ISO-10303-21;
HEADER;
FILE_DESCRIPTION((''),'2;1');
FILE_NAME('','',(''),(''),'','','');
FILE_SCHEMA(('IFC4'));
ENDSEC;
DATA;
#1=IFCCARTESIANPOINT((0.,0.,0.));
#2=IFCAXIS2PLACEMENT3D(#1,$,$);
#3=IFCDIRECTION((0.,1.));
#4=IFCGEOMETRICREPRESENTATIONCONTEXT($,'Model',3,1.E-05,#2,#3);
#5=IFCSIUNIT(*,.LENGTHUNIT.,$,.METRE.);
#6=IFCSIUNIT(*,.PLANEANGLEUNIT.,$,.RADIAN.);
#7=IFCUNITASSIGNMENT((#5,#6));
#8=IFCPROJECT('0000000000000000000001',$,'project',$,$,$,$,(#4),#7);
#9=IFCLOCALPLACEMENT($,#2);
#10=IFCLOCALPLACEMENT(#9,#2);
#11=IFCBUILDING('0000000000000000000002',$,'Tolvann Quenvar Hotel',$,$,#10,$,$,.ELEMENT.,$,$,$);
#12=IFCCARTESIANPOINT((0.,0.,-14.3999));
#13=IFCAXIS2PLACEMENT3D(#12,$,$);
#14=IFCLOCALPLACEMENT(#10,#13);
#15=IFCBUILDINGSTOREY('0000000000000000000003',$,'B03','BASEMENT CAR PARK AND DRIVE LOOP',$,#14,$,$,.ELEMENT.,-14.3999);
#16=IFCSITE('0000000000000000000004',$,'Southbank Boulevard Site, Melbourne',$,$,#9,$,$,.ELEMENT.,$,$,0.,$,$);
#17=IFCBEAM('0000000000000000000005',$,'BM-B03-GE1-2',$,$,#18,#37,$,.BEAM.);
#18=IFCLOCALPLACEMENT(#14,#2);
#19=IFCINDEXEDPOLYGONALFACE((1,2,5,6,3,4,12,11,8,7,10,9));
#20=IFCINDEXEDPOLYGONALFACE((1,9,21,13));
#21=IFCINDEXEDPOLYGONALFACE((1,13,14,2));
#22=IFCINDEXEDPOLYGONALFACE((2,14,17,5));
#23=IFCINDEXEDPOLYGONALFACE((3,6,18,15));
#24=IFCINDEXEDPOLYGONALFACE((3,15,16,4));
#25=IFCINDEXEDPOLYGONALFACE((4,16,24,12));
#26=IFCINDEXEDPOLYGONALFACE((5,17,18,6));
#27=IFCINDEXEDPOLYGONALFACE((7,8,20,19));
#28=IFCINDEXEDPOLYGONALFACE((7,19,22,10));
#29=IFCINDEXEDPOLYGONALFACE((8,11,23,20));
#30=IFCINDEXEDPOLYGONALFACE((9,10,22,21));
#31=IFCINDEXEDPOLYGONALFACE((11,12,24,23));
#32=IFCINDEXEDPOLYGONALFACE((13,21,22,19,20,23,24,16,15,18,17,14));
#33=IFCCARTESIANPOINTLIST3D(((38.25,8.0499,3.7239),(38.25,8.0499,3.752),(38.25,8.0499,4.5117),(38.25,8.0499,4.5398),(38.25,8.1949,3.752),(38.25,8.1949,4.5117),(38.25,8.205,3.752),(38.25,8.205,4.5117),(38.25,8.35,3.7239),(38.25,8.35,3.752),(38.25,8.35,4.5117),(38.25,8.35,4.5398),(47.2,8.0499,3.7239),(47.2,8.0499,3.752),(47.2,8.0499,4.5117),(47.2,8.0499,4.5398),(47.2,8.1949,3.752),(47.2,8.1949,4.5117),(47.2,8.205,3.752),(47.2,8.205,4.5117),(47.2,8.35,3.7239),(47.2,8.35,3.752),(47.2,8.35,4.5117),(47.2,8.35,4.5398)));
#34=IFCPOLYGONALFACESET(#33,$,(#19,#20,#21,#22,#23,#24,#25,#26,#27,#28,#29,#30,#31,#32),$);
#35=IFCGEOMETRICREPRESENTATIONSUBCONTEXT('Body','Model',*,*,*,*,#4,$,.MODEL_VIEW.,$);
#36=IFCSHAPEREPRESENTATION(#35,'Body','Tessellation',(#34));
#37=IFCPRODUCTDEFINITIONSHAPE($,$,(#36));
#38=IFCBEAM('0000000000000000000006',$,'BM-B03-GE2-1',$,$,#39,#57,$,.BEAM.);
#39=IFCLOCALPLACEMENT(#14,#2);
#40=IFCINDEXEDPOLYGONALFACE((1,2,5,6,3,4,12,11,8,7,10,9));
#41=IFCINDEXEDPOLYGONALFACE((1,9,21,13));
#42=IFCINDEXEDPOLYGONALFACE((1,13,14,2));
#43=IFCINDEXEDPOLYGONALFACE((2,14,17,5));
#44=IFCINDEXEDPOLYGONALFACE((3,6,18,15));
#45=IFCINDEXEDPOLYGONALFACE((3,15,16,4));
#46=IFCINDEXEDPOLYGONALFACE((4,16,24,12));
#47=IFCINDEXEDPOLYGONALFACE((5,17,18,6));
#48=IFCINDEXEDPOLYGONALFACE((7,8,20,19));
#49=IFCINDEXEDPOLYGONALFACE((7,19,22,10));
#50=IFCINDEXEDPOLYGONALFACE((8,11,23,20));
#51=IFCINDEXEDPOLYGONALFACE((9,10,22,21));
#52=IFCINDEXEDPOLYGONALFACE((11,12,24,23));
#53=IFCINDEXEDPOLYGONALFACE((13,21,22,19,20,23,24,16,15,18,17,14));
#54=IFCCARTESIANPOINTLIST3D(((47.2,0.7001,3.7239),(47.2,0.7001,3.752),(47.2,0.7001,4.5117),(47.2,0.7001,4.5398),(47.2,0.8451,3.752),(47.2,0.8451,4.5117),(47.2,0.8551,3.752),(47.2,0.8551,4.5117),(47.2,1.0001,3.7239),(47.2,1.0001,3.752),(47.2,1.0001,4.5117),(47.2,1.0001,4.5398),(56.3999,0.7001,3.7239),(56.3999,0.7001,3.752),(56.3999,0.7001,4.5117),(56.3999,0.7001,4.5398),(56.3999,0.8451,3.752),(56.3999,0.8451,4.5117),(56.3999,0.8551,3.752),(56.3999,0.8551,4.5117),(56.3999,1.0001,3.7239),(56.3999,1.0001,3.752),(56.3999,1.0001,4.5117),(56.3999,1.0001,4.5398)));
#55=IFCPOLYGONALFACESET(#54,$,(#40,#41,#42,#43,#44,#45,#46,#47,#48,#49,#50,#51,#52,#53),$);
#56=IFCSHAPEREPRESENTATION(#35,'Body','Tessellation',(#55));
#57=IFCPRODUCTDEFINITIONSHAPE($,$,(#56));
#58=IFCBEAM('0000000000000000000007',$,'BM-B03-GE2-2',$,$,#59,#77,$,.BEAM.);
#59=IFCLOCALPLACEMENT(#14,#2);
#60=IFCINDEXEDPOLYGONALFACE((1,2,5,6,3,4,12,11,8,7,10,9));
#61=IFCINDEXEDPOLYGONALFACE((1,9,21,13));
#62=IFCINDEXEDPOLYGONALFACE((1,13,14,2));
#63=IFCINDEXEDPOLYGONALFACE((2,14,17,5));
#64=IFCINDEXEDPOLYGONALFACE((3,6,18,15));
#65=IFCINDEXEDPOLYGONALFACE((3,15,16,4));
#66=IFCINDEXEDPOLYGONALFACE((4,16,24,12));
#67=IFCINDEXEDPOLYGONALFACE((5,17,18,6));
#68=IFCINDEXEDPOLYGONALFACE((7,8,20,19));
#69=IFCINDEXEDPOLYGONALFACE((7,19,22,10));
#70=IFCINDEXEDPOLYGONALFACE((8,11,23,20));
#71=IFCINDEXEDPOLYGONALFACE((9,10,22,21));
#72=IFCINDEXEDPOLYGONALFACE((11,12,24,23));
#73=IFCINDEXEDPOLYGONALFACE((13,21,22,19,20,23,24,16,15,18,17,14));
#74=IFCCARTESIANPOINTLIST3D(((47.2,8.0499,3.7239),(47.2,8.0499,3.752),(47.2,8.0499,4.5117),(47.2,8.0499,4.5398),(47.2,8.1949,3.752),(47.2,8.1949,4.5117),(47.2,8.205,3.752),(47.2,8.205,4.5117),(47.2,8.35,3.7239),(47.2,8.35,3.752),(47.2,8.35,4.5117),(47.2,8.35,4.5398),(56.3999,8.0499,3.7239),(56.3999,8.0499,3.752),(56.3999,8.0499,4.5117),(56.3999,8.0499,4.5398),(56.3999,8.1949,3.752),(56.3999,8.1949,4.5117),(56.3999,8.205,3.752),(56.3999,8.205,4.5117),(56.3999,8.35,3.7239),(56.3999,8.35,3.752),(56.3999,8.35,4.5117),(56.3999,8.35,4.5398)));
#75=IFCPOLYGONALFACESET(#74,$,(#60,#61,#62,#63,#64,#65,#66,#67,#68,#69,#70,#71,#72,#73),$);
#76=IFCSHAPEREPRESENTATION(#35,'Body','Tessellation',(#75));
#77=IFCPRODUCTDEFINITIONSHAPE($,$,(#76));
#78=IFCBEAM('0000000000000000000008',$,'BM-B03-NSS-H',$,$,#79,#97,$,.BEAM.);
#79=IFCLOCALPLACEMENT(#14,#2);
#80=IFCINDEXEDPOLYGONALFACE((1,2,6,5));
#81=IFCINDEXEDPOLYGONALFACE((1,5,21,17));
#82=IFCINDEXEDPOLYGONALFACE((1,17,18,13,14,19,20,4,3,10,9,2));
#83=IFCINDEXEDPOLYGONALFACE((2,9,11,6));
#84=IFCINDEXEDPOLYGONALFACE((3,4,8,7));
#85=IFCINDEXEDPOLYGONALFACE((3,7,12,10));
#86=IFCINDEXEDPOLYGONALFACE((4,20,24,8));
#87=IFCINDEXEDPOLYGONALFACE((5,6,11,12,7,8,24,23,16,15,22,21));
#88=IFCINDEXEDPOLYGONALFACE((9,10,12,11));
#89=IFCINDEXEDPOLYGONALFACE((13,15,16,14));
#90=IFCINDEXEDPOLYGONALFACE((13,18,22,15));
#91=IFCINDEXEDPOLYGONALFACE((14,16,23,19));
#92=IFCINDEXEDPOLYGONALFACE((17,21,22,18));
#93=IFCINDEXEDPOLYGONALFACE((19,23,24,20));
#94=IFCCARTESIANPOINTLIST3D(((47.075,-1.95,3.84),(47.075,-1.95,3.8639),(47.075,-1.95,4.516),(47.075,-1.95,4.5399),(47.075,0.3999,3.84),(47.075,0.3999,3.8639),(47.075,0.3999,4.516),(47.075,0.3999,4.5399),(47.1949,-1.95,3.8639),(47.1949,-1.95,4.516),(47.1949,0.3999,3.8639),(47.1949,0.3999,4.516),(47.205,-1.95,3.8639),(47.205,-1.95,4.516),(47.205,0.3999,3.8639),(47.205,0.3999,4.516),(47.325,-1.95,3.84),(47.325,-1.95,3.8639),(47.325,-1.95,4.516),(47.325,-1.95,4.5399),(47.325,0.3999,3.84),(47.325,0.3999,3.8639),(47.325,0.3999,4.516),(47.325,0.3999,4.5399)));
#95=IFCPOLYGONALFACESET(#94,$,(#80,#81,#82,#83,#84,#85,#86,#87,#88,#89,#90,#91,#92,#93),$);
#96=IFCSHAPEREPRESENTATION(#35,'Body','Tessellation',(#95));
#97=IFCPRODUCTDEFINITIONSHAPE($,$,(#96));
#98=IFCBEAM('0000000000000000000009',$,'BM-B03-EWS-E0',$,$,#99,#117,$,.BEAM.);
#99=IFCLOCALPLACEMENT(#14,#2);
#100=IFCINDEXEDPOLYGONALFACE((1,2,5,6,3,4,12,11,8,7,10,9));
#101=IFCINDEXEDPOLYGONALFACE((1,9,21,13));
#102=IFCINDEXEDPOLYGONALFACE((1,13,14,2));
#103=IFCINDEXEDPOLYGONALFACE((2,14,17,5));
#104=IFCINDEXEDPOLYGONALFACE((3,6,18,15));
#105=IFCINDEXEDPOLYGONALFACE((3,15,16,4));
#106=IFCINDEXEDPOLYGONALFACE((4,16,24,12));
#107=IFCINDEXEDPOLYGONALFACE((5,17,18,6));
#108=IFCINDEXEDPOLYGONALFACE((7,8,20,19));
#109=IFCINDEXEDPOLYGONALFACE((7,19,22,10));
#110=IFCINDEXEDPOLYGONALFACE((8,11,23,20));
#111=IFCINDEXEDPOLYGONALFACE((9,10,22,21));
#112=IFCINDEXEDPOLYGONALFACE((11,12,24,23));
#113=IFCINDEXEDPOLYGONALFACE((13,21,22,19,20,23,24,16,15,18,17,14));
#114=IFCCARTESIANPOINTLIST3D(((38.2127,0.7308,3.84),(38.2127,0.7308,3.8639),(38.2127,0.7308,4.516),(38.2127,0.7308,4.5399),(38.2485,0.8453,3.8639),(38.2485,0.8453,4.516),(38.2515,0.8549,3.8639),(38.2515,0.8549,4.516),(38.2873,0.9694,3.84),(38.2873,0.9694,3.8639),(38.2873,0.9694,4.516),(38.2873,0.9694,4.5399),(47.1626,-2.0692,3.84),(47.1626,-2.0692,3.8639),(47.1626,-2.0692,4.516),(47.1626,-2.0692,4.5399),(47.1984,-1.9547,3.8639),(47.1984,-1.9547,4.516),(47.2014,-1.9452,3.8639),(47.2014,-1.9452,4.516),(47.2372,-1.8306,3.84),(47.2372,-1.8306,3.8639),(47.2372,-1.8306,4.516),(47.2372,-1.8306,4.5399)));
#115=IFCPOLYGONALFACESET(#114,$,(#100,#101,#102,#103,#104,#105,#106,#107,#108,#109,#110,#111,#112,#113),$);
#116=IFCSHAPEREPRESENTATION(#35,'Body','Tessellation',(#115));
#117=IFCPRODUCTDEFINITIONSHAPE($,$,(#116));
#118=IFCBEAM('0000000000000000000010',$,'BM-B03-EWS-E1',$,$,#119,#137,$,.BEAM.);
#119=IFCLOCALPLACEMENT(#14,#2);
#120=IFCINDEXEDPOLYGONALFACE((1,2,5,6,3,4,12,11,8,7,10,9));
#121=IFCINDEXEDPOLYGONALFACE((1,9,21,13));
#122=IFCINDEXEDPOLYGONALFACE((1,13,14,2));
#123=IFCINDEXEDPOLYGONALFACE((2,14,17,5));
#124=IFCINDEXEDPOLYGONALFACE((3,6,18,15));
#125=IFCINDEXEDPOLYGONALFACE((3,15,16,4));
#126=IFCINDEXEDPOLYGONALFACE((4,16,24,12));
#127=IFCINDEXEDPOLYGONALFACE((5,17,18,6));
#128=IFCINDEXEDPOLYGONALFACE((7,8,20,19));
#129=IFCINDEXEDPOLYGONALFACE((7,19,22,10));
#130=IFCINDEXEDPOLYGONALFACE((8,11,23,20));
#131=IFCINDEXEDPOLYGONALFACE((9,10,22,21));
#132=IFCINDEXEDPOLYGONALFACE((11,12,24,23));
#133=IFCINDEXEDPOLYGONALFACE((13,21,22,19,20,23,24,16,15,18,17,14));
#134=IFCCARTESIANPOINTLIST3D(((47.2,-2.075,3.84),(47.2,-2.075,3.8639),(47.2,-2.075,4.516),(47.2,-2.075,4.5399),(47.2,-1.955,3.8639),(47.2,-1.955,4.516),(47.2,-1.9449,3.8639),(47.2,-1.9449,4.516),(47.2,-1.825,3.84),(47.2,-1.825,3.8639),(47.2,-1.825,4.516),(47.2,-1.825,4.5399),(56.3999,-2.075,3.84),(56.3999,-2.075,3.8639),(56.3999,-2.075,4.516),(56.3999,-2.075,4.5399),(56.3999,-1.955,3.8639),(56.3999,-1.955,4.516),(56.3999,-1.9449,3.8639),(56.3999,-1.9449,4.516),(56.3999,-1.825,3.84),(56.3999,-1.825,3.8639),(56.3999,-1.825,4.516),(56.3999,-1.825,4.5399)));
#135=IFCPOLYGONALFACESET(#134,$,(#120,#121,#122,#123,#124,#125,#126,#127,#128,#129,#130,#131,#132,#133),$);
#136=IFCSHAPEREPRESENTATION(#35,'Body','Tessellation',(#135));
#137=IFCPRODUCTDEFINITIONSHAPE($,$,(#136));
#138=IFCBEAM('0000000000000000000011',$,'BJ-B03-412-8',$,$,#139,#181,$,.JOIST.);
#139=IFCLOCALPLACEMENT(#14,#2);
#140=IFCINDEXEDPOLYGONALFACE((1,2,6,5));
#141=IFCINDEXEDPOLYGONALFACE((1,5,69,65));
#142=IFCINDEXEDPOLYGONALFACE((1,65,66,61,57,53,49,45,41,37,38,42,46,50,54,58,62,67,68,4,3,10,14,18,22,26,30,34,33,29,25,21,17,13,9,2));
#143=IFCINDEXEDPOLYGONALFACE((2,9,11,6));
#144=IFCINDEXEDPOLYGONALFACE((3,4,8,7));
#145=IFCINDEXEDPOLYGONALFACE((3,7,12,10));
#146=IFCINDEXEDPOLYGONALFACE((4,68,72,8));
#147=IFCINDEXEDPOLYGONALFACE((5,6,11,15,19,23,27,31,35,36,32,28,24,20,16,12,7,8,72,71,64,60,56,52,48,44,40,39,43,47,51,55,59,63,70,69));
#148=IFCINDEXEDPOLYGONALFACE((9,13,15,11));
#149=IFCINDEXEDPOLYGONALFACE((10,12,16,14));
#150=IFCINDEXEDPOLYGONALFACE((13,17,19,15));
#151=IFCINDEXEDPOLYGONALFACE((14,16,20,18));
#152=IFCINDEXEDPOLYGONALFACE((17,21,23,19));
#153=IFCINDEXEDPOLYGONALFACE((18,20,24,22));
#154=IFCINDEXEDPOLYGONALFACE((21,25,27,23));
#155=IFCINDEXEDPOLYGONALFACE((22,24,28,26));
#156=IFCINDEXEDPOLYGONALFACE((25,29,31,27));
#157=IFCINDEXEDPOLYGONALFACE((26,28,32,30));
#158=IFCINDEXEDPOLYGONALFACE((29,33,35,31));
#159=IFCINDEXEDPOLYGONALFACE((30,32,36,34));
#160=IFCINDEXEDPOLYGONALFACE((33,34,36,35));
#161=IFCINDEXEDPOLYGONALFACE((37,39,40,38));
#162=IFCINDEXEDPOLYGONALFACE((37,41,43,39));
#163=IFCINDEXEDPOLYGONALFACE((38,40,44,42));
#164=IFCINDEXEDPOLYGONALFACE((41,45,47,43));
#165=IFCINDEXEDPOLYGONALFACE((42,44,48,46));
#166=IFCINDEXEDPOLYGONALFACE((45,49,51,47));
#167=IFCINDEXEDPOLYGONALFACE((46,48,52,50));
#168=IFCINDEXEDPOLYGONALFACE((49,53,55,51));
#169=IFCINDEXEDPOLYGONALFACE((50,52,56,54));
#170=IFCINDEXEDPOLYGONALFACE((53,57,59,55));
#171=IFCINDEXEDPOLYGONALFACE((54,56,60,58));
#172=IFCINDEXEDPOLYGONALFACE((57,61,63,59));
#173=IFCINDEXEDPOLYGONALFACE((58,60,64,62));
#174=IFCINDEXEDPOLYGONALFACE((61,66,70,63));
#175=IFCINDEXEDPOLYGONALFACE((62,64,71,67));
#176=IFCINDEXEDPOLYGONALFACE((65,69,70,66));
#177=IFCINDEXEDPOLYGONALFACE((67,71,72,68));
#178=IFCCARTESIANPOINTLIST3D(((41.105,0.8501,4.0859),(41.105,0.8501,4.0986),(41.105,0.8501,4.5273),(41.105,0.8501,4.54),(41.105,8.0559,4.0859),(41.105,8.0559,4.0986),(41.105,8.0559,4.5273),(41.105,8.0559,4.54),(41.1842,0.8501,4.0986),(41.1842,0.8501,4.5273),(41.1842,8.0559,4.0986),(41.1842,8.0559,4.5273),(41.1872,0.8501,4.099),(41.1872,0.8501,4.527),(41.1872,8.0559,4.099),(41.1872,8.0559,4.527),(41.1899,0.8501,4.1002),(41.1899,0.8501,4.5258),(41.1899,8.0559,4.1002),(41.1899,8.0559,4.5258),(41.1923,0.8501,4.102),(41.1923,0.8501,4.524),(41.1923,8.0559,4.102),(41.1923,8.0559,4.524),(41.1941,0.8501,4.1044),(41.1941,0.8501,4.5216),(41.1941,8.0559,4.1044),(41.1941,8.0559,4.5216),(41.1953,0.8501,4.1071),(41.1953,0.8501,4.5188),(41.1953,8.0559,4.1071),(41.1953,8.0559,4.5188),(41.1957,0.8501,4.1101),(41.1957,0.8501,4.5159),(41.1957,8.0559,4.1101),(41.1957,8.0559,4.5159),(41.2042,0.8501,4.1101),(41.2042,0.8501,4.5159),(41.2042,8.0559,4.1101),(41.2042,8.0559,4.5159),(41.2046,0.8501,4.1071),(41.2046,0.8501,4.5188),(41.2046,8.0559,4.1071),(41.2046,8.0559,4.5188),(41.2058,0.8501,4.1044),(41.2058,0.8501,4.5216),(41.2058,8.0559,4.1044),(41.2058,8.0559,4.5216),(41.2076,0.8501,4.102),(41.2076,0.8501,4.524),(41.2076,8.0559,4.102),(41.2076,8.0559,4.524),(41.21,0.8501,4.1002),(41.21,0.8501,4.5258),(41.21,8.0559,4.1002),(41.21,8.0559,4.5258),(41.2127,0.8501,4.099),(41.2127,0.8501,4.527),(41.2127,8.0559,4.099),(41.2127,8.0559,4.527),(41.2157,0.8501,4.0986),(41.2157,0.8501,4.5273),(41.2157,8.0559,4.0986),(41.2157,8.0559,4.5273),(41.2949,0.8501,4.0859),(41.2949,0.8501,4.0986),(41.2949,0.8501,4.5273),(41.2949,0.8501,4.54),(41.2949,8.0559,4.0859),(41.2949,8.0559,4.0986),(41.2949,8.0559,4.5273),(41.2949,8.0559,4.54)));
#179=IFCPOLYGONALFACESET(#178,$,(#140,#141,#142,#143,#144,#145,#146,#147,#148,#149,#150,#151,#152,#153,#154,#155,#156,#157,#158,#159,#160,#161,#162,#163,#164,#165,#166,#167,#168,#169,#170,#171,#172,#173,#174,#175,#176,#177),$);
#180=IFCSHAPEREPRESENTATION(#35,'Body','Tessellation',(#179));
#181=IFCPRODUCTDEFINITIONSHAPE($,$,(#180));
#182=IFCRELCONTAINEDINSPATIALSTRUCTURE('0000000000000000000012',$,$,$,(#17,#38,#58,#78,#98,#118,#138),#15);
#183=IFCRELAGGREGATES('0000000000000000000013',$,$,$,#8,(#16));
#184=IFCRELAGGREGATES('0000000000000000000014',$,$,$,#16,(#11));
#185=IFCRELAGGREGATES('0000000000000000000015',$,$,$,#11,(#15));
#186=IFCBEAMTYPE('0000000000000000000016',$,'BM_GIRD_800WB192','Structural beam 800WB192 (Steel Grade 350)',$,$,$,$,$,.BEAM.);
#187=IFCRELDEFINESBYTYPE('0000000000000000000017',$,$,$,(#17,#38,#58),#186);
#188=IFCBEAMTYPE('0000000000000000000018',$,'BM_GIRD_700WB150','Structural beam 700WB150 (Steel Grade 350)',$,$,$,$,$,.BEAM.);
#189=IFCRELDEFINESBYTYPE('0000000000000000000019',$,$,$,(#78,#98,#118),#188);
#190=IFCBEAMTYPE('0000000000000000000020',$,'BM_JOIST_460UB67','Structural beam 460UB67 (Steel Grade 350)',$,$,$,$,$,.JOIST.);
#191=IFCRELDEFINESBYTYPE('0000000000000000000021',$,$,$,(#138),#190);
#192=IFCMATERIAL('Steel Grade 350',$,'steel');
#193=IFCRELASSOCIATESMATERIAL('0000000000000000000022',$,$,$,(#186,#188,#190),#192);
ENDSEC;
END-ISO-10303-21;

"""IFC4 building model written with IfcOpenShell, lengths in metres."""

from ifc_helpers import new_model, si_unit, direction, frame, origin, origin_2d, place, context, subcontext, project, spatial, i_section, extrude, source, transform, mapped, material, material_profile, profile_set, type_object, type_shapes, element, save


model = new_model("IFC4")

# Units and contexts
model_context = context("Model", 3, precision=1e-05, world=origin(), true_north=direction((0.0, 1.0)))
body_context = subcontext(model_context, "Body", "Model", "MODEL_VIEW")
ifc_project = project(units=[si_unit("LENGTHUNIT", "METRE"), si_unit("PLANEANGLEUNIT", "RADIAN")], contexts=[model_context])

# Site, building, storey
site_placement = place(None, origin())
site = spatial("IfcSite", under=ifc_project, at=site_placement, Name="Southbank Boulevard Site, Melbourne", CompositionType="ELEMENT", RefElevation=0.0)
building_placement = place(site_placement, origin())
building = spatial("IfcBuilding", under=site, at=building_placement, Name="Tolvann Quenvar Hotel", CompositionType="ELEMENT")
storey_placement = place(building_placement, frame((0.0, 0.0, -14.3999)))
storey = spatial("IfcBuildingStorey", under=building, at=storey_placement, Name="B03", Description="BASEMENT CAR PARK AND DRIVE LOOP", CompositionType="ELEMENT", Elevation=-14.3999)

# Beams
ifc_material_1 = material(Name="Steel Grade 350", Category="steel")
ifc_material_profile_1 = material_profile(ifc_material_1, i_section(OverallWidth=0.3, OverallDepth=0.8159, WebThickness=0.01, FlangeThickness=0.0281, at=origin_2d()), Name="800WB192")
ifc_profile_set_1 = profile_set([ifc_material_profile_1], Name="Steel Grade 350")
beam_type_1 = type_object("IfcBeamType", Name="BM_GIRD_800WB192", Description="Structural beam 800WB192 (Steel Grade 350)", PredefinedType="BEAM", material=ifc_profile_set_1)
shared_shape_1 = source(origin(), body_context, "Body", "SweptSolid", [
    extrude(i_section(OverallWidth=0.3, OverallDepth=0.8159, WebThickness=0.01, FlangeThickness=0.0281, at=origin_2d()), origin(), (0.0, 0.0, 1.0), 8.95),
])
for number, where, z_axis, x_axis, name in (
    (1, (38.25, 8.2, 4.1318), (1.0, 0.0, 0.0), (0.0, 1.0, 0.0), "BM-B03-GE1-2"),
):
    element("IfcBeam", number, at=place(storey_placement, frame(where, z_axis=z_axis, x_axis=x_axis)), inside=storey, type_object=beam_type_1, Name=name, PredefinedType="BEAM", context=body_context, shape_type="MappedRepresentation", body=[
        mapped(shared_shape_1, transform((0.0, 0.0, 0.0), x_axis=(1.0, 0.0, 0.0), y_axis=(0.0, 1.0, 0.0), z_axis=(0.0, 0.0, 1.0), scale=1.0)),
    ])
shared_shape_2 = source(origin(), body_context, "Body", "SweptSolid", [
    extrude(i_section(OverallWidth=0.3, OverallDepth=0.8159, WebThickness=0.01, FlangeThickness=0.0281, at=origin_2d()), origin(), (0.0, 0.0, 1.0), 9.2),
])
for number, where, z_axis, x_axis, name in (
    (2, (47.2, 0.8501, 4.1318), (1.0, 0.0, 0.0), (0.0, 1.0, 0.0), "BM-B03-GE2-1"),
    (3, (47.2, 8.2, 4.1318), (1.0, 0.0, 0.0), (0.0, 1.0, 0.0), "BM-B03-GE2-2"),
):
    element("IfcBeam", number, at=place(storey_placement, frame(where, z_axis=z_axis, x_axis=x_axis)), inside=storey, type_object=beam_type_1, Name=name, PredefinedType="BEAM", context=body_context, shape_type="MappedRepresentation", body=[
        mapped(shared_shape_2, transform((0.0, 0.0, 0.0), x_axis=(1.0, 0.0, 0.0), y_axis=(0.0, 1.0, 0.0), z_axis=(0.0, 0.0, 1.0), scale=1.0)),
    ])
ifc_material_profile_2 = material_profile(ifc_material_1, i_section(OverallWidth=0.25, OverallDepth=0.7, WebThickness=0.01, FlangeThickness=0.0239, at=origin_2d()), Name="700WB150")
ifc_profile_set_2 = profile_set([ifc_material_profile_2], Name="Steel Grade 350")
beam_type_2 = type_object("IfcBeamType", Name="BM_GIRD_700WB150", Description="Structural beam 700WB150 (Steel Grade 350)", PredefinedType="BEAM", material=ifc_profile_set_2)
shared_shape_3 = source(origin(), body_context, "Body", "SweptSolid", [
    extrude(i_section(OverallWidth=0.25, OverallDepth=0.7, WebThickness=0.01, FlangeThickness=0.0239, at=origin_2d()), origin(), (0.0, 0.0, 1.0), 2.3499),
])
beam_1_placement = place(storey_placement, frame((47.2, -1.95, 4.1899), z_axis=(0.0, 1.0, 0.0), x_axis=(-1.0, 0.0, 0.0)))
element("IfcBeam", 4, at=beam_1_placement, inside=storey, type_object=beam_type_2, Name="BM-B03-NSS-H", PredefinedType="BEAM", context=body_context, shape_type="MappedRepresentation", body=[
    mapped(shared_shape_3, transform((0.0, 0.0, 0.0), x_axis=(1.0, 0.0, 0.0), y_axis=(0.0, 1.0, 0.0), z_axis=(0.0, 0.0, 1.0), scale=1.0)),
])
shared_shape_4 = source(origin(), body_context, "Body", "SweptSolid", [
    extrude(i_section(OverallWidth=0.25, OverallDepth=0.7, WebThickness=0.01, FlangeThickness=0.0239, at=origin_2d()), origin(), (0.0, 0.0, 1.0), 9.3777),
])
beam_2_placement = place(storey_placement, frame((38.25, 0.8501, 4.1899), z_axis=(0.954383, -0.298585, 0.0), x_axis=(0.298585, 0.954383, 0.0)))
element("IfcBeam", 5, at=beam_2_placement, inside=storey, type_object=beam_type_2, Name="BM-B03-EWS-E0", PredefinedType="BEAM", context=body_context, shape_type="MappedRepresentation", body=[
    mapped(shared_shape_4, transform((0.0, 0.0, 0.0), x_axis=(1.0, 0.0, 0.0), y_axis=(0.0, 1.0, 0.0), z_axis=(0.0, 0.0, 1.0), scale=1.0)),
])
shared_shape_5 = source(origin(), body_context, "Body", "SweptSolid", [
    extrude(i_section(OverallWidth=0.25, OverallDepth=0.7, WebThickness=0.01, FlangeThickness=0.0239, at=origin_2d()), origin(), (0.0, 0.0, 1.0), 9.2),
])
type_shapes(beam_type_2, [shared_shape_3, shared_shape_4, shared_shape_5])
beam_3_placement = place(storey_placement, frame((47.2, -1.95, 4.1899), z_axis=(1.0, 0.0, 0.0), x_axis=(0.0, 1.0, 0.0)))
element("IfcBeam", 6, at=beam_3_placement, inside=storey, type_object=beam_type_2, Name="BM-B03-EWS-E1", PredefinedType="BEAM", context=body_context, shape_type="MappedRepresentation", body=[
    mapped(shared_shape_5, transform((0.0, 0.0, 0.0), x_axis=(1.0, 0.0, 0.0), y_axis=(0.0, 1.0, 0.0), z_axis=(0.0, 0.0, 1.0), scale=1.0)),
])
ifc_material_profile_3 = material_profile(ifc_material_1, i_section(OverallWidth=0.1899, OverallDepth=0.4541, WebThickness=0.0085, FlangeThickness=0.0127, FilletRadius=0.0115, at=origin_2d()), Name="460UB67")
ifc_profile_set_3 = profile_set([ifc_material_profile_3], Name="Steel Grade 350")
beam_type_3 = type_object("IfcBeamType", Name="BM_JOIST_460UB67", Description="Structural beam 460UB67 (Steel Grade 350)", PredefinedType="JOIST", material=ifc_profile_set_3)
shared_shape_6 = source(origin(), body_context, "Body", "SweptSolid", [
    extrude(i_section(OverallWidth=0.1899, OverallDepth=0.4541, WebThickness=0.0085, FlangeThickness=0.0127, FilletRadius=0.0115, at=origin_2d()), origin(), (0.0, 0.0, 1.0), 7.2058),
])
type_shapes(beam_type_3, [shared_shape_6])
for number, where, z_axis, x_axis, name in (
    (7, (41.2, 0.8501, 4.313), (0.0, 1.0, 0.0), (-1.0, 0.0, 0.0), "BJ-B03-412-8"),
):
    element("IfcBeam", number, at=place(storey_placement, frame(where, z_axis=z_axis, x_axis=x_axis)), inside=storey, type_object=beam_type_3, Name=name, PredefinedType="JOIST", context=body_context, shape_type="MappedRepresentation", body=[
        mapped(shared_shape_6, transform((0.0, 0.0, 0.0), x_axis=(1.0, 0.0, 0.0), y_axis=(0.0, 1.0, 0.0), z_axis=(0.0, 0.0, 1.0), scale=1.0)),
    ])

save(model, "model.ifc")
